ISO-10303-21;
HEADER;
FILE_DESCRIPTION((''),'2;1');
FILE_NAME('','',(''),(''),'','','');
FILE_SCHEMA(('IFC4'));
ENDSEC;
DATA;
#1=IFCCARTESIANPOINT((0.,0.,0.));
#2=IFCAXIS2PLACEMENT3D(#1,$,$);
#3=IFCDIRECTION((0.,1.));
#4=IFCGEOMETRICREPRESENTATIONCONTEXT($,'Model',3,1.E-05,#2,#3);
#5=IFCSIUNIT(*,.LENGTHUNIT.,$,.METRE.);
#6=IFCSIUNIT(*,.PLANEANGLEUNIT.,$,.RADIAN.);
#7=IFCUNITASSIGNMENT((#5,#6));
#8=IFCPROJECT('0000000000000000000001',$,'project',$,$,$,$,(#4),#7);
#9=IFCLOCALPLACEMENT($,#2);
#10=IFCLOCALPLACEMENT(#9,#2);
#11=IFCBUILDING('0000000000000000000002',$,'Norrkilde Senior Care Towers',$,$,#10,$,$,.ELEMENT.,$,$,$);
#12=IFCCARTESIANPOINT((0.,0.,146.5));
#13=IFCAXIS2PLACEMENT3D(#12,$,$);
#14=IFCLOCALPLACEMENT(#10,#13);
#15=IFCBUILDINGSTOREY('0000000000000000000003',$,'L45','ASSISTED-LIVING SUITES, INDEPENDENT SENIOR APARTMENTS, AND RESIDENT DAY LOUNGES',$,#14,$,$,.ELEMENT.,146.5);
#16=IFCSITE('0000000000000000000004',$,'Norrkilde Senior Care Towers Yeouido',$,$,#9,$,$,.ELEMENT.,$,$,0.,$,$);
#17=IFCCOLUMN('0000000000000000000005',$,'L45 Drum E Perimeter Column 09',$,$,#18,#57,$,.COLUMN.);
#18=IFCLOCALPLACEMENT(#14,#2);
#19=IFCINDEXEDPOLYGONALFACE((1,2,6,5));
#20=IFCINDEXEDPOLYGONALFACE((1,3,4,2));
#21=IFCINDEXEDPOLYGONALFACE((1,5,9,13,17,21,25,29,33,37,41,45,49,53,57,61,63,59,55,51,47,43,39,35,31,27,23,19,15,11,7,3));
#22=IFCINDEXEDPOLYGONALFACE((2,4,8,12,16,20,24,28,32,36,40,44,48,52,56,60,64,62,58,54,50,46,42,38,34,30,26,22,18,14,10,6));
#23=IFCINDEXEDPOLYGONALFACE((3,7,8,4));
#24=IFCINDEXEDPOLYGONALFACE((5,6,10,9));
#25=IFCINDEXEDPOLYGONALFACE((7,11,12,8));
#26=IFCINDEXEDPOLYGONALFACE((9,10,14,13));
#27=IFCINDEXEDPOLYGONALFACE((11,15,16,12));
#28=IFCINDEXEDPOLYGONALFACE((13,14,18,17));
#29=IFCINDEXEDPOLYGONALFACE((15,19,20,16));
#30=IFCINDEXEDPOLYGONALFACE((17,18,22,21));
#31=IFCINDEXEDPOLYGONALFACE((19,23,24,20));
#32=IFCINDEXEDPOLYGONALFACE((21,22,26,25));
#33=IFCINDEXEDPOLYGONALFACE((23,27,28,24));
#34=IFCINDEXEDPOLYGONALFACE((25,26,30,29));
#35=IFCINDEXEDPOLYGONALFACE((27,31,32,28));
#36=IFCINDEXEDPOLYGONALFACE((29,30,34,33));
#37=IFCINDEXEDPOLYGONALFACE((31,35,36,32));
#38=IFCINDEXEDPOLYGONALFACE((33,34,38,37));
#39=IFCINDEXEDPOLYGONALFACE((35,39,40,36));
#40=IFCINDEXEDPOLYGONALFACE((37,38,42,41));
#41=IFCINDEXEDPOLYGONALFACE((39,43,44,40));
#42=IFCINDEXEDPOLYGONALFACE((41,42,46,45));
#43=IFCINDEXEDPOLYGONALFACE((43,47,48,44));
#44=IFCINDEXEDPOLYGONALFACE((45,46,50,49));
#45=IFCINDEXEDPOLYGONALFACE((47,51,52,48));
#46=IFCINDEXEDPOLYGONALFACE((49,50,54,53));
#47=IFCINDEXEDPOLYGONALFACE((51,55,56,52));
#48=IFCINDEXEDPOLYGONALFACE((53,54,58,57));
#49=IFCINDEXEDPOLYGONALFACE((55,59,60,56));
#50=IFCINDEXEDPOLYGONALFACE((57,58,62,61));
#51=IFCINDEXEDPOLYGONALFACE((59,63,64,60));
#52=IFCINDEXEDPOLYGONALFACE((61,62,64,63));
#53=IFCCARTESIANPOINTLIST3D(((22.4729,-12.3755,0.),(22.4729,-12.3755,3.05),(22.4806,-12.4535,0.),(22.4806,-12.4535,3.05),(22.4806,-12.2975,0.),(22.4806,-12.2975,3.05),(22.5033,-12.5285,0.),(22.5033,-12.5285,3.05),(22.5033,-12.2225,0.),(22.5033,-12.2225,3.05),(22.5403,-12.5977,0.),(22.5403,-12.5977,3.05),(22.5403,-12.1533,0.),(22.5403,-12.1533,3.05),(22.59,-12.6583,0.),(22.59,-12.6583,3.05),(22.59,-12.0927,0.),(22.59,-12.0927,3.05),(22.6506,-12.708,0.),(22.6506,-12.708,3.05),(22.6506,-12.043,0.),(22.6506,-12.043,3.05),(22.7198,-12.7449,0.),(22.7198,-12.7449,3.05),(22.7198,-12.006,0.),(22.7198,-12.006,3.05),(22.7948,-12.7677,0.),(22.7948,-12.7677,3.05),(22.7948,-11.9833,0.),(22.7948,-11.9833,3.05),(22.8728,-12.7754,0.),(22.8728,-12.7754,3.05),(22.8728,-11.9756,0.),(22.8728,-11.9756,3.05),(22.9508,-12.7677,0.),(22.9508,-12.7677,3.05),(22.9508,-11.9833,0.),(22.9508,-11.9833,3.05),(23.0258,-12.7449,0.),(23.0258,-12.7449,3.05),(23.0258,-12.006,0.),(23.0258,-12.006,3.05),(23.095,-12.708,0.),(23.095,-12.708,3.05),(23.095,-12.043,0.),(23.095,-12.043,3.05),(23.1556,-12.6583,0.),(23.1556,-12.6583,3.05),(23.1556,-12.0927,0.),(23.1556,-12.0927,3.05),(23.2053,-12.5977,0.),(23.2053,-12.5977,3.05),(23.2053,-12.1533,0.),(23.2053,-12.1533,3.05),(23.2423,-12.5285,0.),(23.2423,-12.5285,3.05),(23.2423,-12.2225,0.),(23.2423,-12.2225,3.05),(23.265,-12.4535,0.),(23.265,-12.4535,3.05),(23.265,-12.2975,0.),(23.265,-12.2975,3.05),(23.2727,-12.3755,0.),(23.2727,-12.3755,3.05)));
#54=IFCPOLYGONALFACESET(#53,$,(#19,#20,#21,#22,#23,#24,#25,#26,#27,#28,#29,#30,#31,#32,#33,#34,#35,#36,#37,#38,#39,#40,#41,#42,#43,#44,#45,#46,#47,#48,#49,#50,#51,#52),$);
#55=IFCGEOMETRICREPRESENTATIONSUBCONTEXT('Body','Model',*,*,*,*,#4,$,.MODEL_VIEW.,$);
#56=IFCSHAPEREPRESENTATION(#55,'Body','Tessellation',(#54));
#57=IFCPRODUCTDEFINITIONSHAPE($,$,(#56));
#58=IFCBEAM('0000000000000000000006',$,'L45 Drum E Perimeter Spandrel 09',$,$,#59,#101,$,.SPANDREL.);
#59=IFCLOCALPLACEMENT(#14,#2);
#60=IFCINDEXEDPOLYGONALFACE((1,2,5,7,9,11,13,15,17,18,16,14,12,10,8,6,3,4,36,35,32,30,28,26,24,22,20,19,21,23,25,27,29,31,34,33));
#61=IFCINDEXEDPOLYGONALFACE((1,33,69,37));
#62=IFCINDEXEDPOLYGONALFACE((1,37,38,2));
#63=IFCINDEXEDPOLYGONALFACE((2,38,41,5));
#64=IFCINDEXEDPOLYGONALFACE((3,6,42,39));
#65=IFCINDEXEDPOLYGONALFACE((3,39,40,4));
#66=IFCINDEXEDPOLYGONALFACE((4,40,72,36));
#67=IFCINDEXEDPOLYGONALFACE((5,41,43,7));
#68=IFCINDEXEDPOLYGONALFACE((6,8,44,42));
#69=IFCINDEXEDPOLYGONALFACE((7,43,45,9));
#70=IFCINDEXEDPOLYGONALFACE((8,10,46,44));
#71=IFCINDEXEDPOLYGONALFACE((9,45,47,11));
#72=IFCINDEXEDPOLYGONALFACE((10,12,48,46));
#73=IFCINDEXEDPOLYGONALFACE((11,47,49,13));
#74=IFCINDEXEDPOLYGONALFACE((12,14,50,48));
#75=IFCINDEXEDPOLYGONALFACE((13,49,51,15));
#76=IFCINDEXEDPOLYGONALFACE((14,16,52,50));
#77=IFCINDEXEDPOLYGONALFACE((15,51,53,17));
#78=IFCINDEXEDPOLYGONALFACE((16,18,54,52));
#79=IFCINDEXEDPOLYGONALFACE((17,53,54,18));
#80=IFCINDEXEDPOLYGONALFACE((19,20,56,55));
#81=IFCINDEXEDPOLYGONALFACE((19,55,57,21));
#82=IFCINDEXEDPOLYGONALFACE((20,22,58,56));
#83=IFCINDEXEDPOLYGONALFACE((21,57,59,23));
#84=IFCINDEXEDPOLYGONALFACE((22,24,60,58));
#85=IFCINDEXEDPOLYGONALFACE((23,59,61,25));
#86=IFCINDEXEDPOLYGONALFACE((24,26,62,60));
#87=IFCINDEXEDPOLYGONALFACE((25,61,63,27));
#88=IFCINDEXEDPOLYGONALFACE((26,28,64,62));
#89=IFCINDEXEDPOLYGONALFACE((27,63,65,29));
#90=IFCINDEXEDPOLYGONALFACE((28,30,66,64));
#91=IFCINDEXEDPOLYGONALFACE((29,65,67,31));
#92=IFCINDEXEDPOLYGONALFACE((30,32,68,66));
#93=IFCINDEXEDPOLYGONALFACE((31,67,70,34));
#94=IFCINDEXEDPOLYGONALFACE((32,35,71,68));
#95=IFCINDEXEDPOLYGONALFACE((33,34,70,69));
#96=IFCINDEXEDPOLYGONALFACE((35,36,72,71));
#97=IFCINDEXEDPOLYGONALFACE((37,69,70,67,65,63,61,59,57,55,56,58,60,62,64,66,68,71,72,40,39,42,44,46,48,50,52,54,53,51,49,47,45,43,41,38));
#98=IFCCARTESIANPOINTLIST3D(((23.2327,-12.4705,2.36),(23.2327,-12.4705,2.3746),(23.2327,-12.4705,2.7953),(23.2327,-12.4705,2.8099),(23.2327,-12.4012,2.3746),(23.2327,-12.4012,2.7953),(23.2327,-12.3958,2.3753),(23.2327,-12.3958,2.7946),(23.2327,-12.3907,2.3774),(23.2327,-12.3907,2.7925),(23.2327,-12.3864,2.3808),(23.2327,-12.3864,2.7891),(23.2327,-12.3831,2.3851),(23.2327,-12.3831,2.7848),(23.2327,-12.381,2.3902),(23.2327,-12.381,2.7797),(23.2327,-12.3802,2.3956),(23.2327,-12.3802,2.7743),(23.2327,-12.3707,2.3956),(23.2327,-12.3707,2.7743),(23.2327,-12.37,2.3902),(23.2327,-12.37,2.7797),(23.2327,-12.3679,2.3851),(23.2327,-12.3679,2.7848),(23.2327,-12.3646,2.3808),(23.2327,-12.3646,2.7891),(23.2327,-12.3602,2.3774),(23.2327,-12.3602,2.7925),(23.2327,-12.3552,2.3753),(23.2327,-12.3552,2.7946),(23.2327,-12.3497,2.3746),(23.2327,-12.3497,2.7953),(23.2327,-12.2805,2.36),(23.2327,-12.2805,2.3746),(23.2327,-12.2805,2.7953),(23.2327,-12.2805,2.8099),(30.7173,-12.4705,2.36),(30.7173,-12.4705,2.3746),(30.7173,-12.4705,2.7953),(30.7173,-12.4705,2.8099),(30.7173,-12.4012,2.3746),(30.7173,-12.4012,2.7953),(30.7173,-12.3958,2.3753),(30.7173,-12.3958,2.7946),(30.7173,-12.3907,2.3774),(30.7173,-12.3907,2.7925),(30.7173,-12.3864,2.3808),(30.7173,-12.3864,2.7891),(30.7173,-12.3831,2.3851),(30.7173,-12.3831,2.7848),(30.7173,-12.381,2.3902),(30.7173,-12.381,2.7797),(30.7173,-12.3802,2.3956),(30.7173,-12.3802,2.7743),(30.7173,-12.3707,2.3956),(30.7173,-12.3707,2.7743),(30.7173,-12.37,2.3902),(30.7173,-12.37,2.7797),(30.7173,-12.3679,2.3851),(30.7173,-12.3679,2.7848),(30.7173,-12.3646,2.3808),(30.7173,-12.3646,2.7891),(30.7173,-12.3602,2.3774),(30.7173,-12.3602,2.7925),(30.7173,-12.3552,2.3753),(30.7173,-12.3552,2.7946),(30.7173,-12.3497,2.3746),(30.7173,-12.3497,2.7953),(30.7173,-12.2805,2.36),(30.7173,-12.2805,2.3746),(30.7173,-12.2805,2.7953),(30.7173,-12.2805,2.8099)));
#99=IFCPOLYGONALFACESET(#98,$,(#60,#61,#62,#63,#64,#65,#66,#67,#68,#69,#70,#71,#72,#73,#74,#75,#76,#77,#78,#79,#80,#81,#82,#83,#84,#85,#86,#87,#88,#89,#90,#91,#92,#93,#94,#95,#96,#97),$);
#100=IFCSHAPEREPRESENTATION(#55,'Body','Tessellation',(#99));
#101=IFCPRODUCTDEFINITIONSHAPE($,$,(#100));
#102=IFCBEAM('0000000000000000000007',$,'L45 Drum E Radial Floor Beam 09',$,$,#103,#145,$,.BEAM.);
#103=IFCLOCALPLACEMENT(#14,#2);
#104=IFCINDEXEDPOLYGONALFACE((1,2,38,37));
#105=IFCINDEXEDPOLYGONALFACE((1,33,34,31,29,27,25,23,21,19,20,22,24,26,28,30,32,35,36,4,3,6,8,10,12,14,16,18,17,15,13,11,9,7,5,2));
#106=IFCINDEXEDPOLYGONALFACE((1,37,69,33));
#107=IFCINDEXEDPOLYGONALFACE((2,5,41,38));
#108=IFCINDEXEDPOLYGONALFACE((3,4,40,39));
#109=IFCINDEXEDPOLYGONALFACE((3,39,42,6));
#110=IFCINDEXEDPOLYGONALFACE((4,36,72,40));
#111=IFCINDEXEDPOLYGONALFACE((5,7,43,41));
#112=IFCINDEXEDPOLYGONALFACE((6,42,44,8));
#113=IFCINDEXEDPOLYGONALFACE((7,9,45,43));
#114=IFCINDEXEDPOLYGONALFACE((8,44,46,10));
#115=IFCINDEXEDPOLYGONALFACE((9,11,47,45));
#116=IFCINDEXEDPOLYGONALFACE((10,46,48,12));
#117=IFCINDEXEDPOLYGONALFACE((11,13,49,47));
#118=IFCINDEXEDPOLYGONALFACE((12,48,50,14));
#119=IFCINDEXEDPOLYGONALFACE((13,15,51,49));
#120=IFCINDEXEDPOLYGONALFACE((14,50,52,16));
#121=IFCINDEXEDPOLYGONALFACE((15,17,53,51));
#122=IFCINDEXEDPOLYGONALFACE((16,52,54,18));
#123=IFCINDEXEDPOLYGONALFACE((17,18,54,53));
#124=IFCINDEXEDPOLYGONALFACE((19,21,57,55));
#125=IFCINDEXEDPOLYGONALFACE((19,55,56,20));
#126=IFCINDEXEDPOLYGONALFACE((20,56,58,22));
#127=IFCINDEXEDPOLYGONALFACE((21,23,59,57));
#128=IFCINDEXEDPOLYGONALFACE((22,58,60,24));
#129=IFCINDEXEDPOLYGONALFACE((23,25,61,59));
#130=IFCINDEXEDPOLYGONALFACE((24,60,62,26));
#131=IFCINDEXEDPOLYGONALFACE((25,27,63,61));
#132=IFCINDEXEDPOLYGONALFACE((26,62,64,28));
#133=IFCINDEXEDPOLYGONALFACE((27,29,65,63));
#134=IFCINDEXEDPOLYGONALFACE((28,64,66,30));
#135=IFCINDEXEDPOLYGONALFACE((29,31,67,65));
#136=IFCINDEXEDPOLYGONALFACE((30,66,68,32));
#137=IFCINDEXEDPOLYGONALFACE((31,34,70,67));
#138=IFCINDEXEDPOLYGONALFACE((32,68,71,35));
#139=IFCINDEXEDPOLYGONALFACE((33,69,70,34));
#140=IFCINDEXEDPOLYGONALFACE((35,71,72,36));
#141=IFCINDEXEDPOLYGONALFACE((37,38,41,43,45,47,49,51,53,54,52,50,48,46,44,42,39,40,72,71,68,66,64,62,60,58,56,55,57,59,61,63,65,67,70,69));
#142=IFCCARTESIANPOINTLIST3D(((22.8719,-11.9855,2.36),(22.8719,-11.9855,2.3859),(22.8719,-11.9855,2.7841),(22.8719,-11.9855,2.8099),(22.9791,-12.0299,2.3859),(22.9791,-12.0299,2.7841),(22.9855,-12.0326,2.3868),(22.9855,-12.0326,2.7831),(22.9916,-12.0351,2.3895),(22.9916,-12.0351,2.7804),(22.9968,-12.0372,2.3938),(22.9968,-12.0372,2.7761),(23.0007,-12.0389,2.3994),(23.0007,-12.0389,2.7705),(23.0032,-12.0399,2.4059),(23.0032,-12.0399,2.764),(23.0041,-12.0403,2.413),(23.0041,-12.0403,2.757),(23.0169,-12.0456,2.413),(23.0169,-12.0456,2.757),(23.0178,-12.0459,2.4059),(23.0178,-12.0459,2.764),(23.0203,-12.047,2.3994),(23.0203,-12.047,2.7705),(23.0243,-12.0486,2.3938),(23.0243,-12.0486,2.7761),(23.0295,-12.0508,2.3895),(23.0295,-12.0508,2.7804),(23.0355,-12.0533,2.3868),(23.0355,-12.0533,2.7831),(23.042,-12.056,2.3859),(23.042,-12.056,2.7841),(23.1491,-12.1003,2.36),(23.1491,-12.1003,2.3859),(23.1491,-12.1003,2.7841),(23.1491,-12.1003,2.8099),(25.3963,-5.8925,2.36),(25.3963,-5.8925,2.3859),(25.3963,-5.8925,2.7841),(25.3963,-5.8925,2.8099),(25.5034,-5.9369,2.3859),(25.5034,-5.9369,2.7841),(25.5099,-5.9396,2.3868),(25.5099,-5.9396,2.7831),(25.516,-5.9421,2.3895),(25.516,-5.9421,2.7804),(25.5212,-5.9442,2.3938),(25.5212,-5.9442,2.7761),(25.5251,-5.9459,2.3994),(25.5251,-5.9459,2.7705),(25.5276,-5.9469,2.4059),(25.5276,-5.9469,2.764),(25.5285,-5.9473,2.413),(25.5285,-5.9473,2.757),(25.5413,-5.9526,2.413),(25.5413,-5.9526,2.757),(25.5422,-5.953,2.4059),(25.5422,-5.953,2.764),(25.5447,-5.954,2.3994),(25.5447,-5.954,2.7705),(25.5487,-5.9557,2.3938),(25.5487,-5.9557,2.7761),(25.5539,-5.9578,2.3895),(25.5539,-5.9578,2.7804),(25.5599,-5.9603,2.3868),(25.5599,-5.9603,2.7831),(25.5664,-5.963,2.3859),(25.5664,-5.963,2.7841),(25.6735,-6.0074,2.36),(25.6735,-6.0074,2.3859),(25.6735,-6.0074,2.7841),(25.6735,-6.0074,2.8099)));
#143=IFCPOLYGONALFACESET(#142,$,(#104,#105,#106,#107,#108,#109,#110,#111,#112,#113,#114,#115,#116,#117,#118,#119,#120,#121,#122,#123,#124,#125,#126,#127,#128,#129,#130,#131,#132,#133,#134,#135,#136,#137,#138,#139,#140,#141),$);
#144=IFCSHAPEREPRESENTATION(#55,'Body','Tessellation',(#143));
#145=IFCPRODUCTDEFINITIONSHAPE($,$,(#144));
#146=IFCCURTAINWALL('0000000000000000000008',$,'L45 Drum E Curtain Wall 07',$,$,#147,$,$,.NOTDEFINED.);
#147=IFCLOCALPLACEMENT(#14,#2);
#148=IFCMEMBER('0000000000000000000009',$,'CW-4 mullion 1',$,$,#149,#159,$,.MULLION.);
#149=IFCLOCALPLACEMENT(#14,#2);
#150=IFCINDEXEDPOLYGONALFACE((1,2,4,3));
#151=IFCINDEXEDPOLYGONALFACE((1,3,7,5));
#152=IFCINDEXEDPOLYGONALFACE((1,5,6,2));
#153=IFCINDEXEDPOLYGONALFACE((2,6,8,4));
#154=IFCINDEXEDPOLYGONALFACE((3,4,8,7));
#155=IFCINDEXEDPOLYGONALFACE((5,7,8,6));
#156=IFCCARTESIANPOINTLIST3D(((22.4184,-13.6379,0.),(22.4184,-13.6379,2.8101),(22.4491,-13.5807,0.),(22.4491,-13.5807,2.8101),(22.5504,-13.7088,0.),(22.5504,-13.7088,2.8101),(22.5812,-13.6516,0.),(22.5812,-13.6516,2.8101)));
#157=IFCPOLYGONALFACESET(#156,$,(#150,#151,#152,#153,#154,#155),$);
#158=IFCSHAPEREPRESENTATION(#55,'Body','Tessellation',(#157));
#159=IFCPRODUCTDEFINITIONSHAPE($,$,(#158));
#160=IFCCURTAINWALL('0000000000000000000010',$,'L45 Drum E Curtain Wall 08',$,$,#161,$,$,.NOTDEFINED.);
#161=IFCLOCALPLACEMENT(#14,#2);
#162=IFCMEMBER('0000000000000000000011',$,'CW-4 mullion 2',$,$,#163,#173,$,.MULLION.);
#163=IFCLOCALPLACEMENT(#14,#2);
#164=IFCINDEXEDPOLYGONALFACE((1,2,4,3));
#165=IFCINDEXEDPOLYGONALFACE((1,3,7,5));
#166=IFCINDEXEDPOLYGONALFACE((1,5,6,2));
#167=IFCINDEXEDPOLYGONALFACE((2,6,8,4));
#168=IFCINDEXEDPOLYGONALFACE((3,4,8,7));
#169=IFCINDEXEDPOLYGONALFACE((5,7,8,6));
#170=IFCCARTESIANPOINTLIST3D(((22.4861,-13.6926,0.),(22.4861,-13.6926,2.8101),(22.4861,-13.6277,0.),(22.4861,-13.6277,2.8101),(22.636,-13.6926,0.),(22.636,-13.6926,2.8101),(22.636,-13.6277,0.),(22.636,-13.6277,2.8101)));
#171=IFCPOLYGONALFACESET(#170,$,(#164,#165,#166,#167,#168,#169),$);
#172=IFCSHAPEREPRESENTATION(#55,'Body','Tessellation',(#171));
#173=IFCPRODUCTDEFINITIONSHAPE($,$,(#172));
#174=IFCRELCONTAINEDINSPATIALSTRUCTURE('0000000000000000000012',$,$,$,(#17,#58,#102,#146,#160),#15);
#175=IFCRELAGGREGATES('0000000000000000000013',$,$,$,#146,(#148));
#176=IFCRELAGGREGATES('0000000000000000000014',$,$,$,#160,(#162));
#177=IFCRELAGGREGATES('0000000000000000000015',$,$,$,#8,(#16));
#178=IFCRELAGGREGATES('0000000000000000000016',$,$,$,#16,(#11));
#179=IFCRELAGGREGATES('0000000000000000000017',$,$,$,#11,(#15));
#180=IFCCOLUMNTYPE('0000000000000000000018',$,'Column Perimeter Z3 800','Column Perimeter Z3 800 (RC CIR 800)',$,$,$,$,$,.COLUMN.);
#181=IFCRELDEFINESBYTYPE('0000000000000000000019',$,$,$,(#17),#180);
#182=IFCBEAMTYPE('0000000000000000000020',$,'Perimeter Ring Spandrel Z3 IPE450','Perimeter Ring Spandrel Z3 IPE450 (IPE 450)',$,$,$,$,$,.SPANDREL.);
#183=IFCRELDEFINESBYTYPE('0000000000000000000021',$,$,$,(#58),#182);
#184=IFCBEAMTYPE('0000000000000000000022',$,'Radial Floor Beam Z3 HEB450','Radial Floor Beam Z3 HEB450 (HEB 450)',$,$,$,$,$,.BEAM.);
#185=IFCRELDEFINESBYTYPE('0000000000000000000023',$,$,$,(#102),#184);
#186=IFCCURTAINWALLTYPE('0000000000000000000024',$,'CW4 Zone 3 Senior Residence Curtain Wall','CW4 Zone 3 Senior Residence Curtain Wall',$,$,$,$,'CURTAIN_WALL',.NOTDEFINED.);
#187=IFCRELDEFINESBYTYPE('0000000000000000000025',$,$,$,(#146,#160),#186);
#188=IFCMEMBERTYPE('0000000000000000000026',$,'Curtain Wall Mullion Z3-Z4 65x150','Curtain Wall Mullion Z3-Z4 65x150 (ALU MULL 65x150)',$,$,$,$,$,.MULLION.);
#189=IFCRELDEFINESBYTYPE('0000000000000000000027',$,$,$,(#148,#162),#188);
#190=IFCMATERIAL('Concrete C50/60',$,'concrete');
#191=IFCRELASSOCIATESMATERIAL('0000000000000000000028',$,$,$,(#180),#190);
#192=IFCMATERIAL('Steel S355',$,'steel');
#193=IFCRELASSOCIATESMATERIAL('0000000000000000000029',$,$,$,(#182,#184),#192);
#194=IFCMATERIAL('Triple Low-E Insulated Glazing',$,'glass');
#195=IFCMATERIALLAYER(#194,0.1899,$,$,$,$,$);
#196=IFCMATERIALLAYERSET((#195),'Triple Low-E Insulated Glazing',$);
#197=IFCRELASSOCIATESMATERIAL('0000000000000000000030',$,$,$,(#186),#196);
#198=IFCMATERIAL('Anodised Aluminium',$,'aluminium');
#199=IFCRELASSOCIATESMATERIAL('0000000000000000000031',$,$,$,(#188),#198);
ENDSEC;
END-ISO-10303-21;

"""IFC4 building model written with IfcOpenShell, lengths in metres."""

from ifc_helpers import new_model, si_unit, direction, frame, origin, origin_2d, place, context, subcontext, project, spatial, rectangle, circle, i_section, extrude, source, transform, mapped, material, layer, layer_set, material_profile, profile_set, type_object, type_shapes, element, aggregate, save


model = new_model("IFC4")

# Units and contexts
model_context = context("Model", 3, precision=1e-05, world=origin(), true_north=direction((0.0, 1.0)))
body_context = subcontext(model_context, "Body", "Model", "MODEL_VIEW")
ifc_project = project(units=[si_unit("LENGTHUNIT", "METRE"), si_unit("PLANEANGLEUNIT", "RADIAN")], contexts=[model_context])

# Site, building, storey
site_placement = place(None, origin())
site = spatial("IfcSite", under=ifc_project, at=site_placement, Name="Norrkilde Senior Care Towers Yeouido", CompositionType="ELEMENT", RefElevation=0.0)
building_placement = place(site_placement, origin())
building = spatial("IfcBuilding", under=site, at=building_placement, Name="Norrkilde Senior Care Towers", CompositionType="ELEMENT")
storey_placement = place(building_placement, frame((0.0, 0.0, 146.5)))
storey = spatial("IfcBuildingStorey", under=building, at=storey_placement, Name="L45", Description="ASSISTED-LIVING SUITES, INDEPENDENT SENIOR APARTMENTS, AND RESIDENT DAY LOUNGES", CompositionType="ELEMENT", Elevation=146.5)

# Column
ifc_material_1 = material(Name="Concrete C50/60", Category="concrete")
ifc_material_profile_1 = material_profile(ifc_material_1, circle(Radius=0.3999, at=origin_2d()), Name="RC CIR 800")
ifc_profile_set_1 = profile_set([ifc_material_profile_1], Name="Concrete C50/60")
column_type = type_object("IfcColumnType", Name="Column Perimeter Z3 800", Description="Column Perimeter Z3 800 (RC CIR 800)", PredefinedType="COLUMN", material=ifc_profile_set_1)
shared_shape_1 = source(origin(), body_context, "Body", "SweptSolid", [
    extrude(circle(Radius=0.3999, at=origin_2d()), origin(), (0.0, 0.0, 1.0), 3.05),
])
type_shapes(column_type, [shared_shape_1])
column_placement = place(storey_placement, frame((22.8728, -12.3755, 0.0), z_axis=(0.0, 0.0, 1.0), x_axis=(1.0, 0.0, 0.0)))
element("IfcColumn", 1, at=column_placement, inside=storey, type_object=column_type, Name="L45 Drum E Perimeter Column 09", PredefinedType="COLUMN", context=body_context, shape_type="MappedRepresentation", body=[
    mapped(shared_shape_1, transform((0.0, 0.0, 0.0), x_axis=(1.0, 0.0, 0.0), y_axis=(0.0, 1.0, 0.0), z_axis=(0.0, 0.0, 1.0), scale=1.0)),
])

# Beams
ifc_material_2 = material(Name="Steel S355", Category="steel")
ifc_material_profile_2 = material_profile(ifc_material_2, i_section(OverallWidth=0.1899, OverallDepth=0.45, WebThickness=0.0095, FlangeThickness=0.0146, FilletRadius=0.021, at=origin_2d()), Name="IPE 450")
ifc_profile_set_2 = profile_set([ifc_material_profile_2], Name="Steel S355")
beam_type_1 = type_object("IfcBeamType", Name="Perimeter Ring Spandrel Z3 IPE450", Description="Perimeter Ring Spandrel Z3 IPE450 (IPE 450)", PredefinedType="SPANDREL", material=ifc_profile_set_2)
shared_shape_2 = source(origin(), body_context, "Body", "SweptSolid", [
    extrude(i_section(OverallWidth=0.1899, OverallDepth=0.45, WebThickness=0.0095, FlangeThickness=0.0146, FilletRadius=0.021, at=origin_2d()), origin(), (0.0, 0.0, 1.0), 7.4846),
])
type_shapes(beam_type_1, [shared_shape_2])
beam_1_placement = place(storey_placement, frame((23.2327, -12.3755, 2.585), z_axis=(1.0, 0.0, 0.0), x_axis=(0.0, 1.0, 0.0)))
element("IfcBeam", 2, at=beam_1_placement, inside=storey, type_object=beam_type_1, Name="L45 Drum E Perimeter Spandrel 09", PredefinedType="SPANDREL", context=body_context, shape_type="MappedRepresentation", body=[
    mapped(shared_shape_2, transform((0.0, 0.0, 0.0), x_axis=(1.0, 0.0, 0.0), y_axis=(0.0, 1.0, 0.0), z_axis=(0.0, 0.0, 1.0), scale=1.0)),
])
ifc_material_profile_3 = material_profile(ifc_material_2, i_section(OverallWidth=0.3, OverallDepth=0.45, WebThickness=0.0139, FlangeThickness=0.0259, FilletRadius=0.0271, at=origin_2d()), Name="HEB 450")
ifc_profile_set_3 = profile_set([ifc_material_profile_3], Name="Steel S355")
beam_type_2 = type_object("IfcBeamType", Name="Radial Floor Beam Z3 HEB450", Description="Radial Floor Beam Z3 HEB450 (HEB 450)", PredefinedType="BEAM", material=ifc_profile_set_3)
shared_shape_3 = source(origin(), body_context, "Body", "SweptSolid", [
    extrude(i_section(OverallWidth=0.3, OverallDepth=0.45, WebThickness=0.0139, FlangeThickness=0.0259, FilletRadius=0.0271, at=origin_2d()), origin(), (0.0, 0.0, 1.0), 6.5952),
])
type_shapes(beam_type_2, [shared_shape_3])
beam_2_placement = place(storey_placement, frame((25.5349, -5.95, 2.585), z_axis=(-0.382762, -0.923847, 0.0), x_axis=(0.923847, -0.382762, 0.0)))
element("IfcBeam", 3, at=beam_2_placement, inside=storey, type_object=beam_type_2, Name="L45 Drum E Radial Floor Beam 09", PredefinedType="BEAM", context=body_context, shape_type="MappedRepresentation", body=[
    mapped(shared_shape_3, transform((0.0, 0.0, 0.0), x_axis=(1.0, 0.0, 0.0), y_axis=(0.0, 1.0, 0.0), z_axis=(0.0, 0.0, 1.0), scale=1.0)),
])

# Curtain walls, members
ifc_material_3 = material(Name="Triple Low-E Insulated Glazing", Category="glass")
ifc_layer_1 = layer(ifc_material_3, 0.1899)
ifc_layer_set_1 = layer_set([ifc_layer_1], Name="Triple Low-E Insulated Glazing")
curtain_wall_type = type_object("IfcCurtainWallType", Name="CW4 Zone 3 Senior Residence Curtain Wall", Description="CW4 Zone 3 Senior Residence Curtain Wall", ElementType="CURTAIN_WALL", PredefinedType="NOTDEFINED", material=ifc_layer_set_1)
curtain_wall_1_placement = place(storey_placement, origin())
curtain_wall_1 = element("IfcCurtainWall", 4, at=curtain_wall_1_placement, inside=storey, type_object=curtain_wall_type, Name="L45 Drum E Curtain Wall 07", PredefinedType="NOTDEFINED")
ifc_material_4 = material(Name="Anodised Aluminium", Category="aluminium")
ifc_material_profile_4 = material_profile(ifc_material_4, rectangle(XDim=0.0649, YDim=0.1499, at=origin_2d()), Name="ALU MULL 65x150")
ifc_profile_set_4 = profile_set([ifc_material_profile_4], Name="Anodised Aluminium")
member_type_1 = type_object("IfcMemberType", Name="Curtain Wall Mullion Z3-Z4 65x150", Description="Curtain Wall Mullion Z3-Z4 65x150 (ALU MULL 65x150)", PredefinedType="MULLION", material=ifc_profile_set_4)
shared_shape_4 = source(origin(), body_context, "Body", "SweptSolid", [
    extrude(rectangle(XDim=0.0649, YDim=0.1499, at=origin_2d()), origin(), (0.0, 0.0, 1.0), 2.8101),
])
type_shapes(member_type_1, [shared_shape_4])
member_1_placement = place(storey_placement, frame((22.4998, -13.6448, 0.0), z_axis=(0.0, 0.0, 1.0), x_axis=(-0.473117, -0.881, 0.0)))
member_1 = element("IfcMember", 5, at=member_1_placement, type_object=member_type_1, Name="CW-4 mullion 1", PredefinedType="MULLION", context=body_context, shape_type="MappedRepresentation", body=[
    mapped(shared_shape_4, transform((0.0, 0.0, 0.0), x_axis=(1.0, 0.0, 0.0), y_axis=(0.0, 1.0, 0.0), z_axis=(0.0, 0.0, 1.0), scale=1.0)),
])
curtain_wall_2_placement = place(storey_placement, origin())
curtain_wall_2 = element("IfcCurtainWall", 6, at=curtain_wall_2_placement, inside=storey, type_object=curtain_wall_type, Name="L45 Drum E Curtain Wall 08", PredefinedType="NOTDEFINED")
member_2_placement = place(storey_placement, frame((22.561, -13.6602, 0.0), z_axis=(0.0, 0.0, 1.0), x_axis=(0.0, -1.0, 0.0)))
member_2 = element("IfcMember", 7, at=member_2_placement, type_object=member_type_1, Name="CW-4 mullion 2", PredefinedType="MULLION", context=body_context, shape_type="MappedRepresentation", body=[
    mapped(shared_shape_4, transform((0.0, 0.0, 0.0), x_axis=(1.0, 0.0, 0.0), y_axis=(0.0, 1.0, 0.0), z_axis=(0.0, 0.0, 1.0), scale=1.0)),
])

aggregate(curtain_wall_1, [member_1])

aggregate(curtain_wall_2, [member_2])

save(model, "model.ifc")
